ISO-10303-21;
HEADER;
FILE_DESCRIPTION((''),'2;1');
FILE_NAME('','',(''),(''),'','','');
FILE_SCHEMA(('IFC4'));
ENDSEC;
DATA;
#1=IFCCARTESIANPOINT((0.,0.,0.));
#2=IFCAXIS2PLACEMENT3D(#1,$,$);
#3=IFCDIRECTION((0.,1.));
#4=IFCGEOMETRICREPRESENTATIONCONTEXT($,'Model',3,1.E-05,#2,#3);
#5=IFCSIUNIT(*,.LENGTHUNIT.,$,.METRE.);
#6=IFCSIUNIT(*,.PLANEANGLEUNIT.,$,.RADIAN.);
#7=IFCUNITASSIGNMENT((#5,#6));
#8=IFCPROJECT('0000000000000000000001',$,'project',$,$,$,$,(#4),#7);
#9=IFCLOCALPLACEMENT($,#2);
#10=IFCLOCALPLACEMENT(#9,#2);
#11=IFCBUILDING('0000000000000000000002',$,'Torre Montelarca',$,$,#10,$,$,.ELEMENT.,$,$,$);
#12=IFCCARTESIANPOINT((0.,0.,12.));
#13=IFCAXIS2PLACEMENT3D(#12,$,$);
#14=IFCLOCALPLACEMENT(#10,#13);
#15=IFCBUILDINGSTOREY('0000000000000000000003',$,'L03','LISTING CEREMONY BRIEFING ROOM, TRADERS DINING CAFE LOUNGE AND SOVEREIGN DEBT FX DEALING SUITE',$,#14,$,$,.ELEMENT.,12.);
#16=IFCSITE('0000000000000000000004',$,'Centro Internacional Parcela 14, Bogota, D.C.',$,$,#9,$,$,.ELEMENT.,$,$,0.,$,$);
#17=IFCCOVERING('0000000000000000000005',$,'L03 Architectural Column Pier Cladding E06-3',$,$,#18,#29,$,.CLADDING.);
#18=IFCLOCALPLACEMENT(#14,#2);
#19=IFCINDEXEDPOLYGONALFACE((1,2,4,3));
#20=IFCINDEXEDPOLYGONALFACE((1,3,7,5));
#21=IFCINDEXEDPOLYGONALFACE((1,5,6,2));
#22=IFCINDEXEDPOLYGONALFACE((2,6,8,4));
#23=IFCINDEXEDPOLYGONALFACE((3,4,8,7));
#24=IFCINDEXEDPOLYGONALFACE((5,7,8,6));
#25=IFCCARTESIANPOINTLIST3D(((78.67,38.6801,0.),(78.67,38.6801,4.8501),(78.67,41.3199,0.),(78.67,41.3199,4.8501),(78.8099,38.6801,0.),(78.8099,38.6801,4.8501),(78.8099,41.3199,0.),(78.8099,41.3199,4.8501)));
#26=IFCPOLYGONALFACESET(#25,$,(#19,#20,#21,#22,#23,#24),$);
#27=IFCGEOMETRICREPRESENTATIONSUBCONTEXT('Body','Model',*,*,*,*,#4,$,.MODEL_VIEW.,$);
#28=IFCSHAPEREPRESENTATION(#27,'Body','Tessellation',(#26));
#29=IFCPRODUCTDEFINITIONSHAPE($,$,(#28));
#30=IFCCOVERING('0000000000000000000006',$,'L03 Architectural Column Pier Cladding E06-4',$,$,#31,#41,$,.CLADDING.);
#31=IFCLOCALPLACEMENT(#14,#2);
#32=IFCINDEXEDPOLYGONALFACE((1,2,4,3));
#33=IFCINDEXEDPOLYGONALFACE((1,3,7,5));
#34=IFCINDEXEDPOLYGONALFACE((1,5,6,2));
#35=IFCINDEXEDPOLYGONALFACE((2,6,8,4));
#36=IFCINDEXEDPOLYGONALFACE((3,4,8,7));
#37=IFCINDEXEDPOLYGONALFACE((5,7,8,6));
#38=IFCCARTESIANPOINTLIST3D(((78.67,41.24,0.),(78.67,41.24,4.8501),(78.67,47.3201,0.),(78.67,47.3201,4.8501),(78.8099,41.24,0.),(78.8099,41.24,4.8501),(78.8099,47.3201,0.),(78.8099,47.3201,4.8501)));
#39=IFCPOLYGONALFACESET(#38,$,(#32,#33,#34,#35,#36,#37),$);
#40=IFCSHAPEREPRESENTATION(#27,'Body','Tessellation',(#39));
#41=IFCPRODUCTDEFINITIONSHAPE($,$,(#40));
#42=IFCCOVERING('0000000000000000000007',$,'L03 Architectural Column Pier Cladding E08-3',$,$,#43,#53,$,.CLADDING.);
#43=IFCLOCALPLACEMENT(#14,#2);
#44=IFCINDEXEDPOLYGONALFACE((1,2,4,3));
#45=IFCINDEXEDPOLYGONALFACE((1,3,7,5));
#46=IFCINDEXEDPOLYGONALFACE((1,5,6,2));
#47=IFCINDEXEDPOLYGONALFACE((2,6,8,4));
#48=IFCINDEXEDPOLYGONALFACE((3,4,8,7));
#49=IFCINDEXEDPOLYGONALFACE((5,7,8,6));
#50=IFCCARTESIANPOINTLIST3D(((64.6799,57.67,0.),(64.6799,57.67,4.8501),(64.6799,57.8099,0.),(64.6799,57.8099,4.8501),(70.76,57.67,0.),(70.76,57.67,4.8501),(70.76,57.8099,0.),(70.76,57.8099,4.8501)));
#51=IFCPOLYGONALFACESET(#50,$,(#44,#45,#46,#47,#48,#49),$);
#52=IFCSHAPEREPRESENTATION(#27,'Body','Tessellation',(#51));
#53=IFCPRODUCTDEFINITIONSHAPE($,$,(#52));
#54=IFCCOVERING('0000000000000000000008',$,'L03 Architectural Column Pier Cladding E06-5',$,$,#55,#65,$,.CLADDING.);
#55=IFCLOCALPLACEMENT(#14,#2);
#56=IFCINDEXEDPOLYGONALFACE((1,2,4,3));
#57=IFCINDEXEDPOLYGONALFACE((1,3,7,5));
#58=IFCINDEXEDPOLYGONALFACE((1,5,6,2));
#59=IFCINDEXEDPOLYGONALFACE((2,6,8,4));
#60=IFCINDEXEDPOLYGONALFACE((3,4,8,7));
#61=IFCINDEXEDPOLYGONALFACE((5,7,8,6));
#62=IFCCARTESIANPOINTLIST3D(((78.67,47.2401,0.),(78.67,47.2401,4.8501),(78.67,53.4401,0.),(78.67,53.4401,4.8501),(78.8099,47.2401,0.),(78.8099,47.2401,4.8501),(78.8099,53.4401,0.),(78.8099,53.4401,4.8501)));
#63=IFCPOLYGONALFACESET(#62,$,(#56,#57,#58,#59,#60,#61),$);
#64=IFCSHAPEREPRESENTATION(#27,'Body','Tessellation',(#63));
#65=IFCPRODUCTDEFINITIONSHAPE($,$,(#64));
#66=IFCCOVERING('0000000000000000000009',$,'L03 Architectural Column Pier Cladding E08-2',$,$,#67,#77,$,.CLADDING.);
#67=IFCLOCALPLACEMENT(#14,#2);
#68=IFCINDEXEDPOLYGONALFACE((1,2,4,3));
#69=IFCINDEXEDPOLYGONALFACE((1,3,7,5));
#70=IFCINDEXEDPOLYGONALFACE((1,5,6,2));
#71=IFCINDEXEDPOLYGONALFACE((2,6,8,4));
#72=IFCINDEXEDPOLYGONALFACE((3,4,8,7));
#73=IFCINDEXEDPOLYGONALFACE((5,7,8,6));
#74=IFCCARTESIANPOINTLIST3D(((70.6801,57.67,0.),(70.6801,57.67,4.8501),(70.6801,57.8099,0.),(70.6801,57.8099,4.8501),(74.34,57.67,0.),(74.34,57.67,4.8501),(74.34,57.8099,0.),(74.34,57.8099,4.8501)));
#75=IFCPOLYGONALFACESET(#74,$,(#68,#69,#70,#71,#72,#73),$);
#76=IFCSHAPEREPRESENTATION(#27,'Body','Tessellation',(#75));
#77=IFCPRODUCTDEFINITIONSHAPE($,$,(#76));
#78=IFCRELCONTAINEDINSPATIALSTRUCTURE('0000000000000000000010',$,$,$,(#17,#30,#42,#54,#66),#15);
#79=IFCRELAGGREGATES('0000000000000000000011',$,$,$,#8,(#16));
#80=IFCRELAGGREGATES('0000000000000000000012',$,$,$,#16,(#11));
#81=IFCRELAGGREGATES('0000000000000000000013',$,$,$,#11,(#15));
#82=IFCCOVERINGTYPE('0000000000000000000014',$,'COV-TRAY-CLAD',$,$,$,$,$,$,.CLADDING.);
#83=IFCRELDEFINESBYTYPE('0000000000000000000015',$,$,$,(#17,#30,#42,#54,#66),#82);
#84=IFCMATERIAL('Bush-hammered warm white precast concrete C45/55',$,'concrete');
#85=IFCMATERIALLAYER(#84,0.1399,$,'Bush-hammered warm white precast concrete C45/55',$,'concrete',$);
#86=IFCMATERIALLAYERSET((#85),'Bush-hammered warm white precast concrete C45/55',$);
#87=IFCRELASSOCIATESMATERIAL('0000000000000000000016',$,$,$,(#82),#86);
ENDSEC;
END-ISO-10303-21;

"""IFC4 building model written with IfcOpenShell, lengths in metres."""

from ifc_helpers import new_model, si_unit, direction, frame, origin, origin_2d, place, context, subcontext, project, spatial, rectangle, extrude, source, transform, mapped, material, layer, layer_set, type_object, element, save


model = new_model("IFC4")

# Units and contexts
model_context = context("Model", 3, precision=1e-05, world=origin(), true_north=direction((0.0, 1.0)))
body_context = subcontext(model_context, "Body", "Model", "MODEL_VIEW")
ifc_project = project(units=[si_unit("LENGTHUNIT", "METRE"), si_unit("PLANEANGLEUNIT", "RADIAN")], contexts=[model_context])

# Site, building, storey
site_placement = place(None, origin())
site = spatial("IfcSite", under=ifc_project, at=site_placement, Name="Centro Internacional Parcela 14, Bogota, D.C.", CompositionType="ELEMENT", RefElevation=0.0)
building_placement = place(site_placement, origin())
building = spatial("IfcBuilding", under=site, at=building_placement, Name="Torre Montelarca", CompositionType="ELEMENT")
storey_placement = place(building_placement, frame((0.0, 0.0, 12.0)))
storey = spatial("IfcBuildingStorey", under=building, at=storey_placement, Name="L03", Description="LISTING CEREMONY BRIEFING ROOM, TRADERS DINING CAFE LOUNGE AND SOVEREIGN DEBT FX DEALING SUITE", CompositionType="ELEMENT", Elevation=12.0)

# Coverings
ifc_material_1 = material(Name="Bush-hammered warm white precast concrete C45/55", Category="concrete")
ifc_layer_1 = layer(ifc_material_1, 0.1399, Name="Bush-hammered warm white precast concrete C45/55", Category="concrete")
ifc_layer_set_1 = layer_set([ifc_layer_1], Name="Bush-hammered warm white precast concrete C45/55")
covering_type = type_object("IfcCoveringType", Name="COV-TRAY-CLAD", PredefinedType="CLADDING", material=ifc_layer_set_1)
shared_shape_1 = source(origin(), body_context, "Body", "SweptSolid", [
    extrude(rectangle(XDim=2.6399, YDim=0.1399, at=origin_2d()), origin(), (0.0, 0.0, 1.0), 4.8501),
])
covering_1_placement = place(storey_placement, frame((78.74, 40.0, 0.0), z_axis=(0.0, 0.0, 1.0), x_axis=(0.0, 1.0, 0.0)))
element("IfcCovering", 1, at=covering_1_placement, inside=storey, type_object=covering_type, Name="L03 Architectural Column Pier Cladding E06-3", PredefinedType="CLADDING", context=body_context, shape_type="MappedRepresentation", body=[
    mapped(shared_shape_1, transform((0.0, 0.0, 0.0), scale=1.0)),
])
shared_shape_2 = source(origin(), body_context, "Body", "SweptSolid", [
    extrude(rectangle(XDim=6.0801, YDim=0.1399, at=origin_2d()), origin(), (0.0, 0.0, 1.0), 4.8501),
])
for number, where, z_axis, x_axis, name in (
    (2, (78.74, 44.28, 0.0), (0.0, 0.0, 1.0), (0.0, 1.0, 0.0), "L03 Architectural Column Pier Cladding E06-4"),
    (3, (67.72, 57.74, 0.0), (0.0, 0.0, 1.0), (-1.0, 0.0, 0.0), "L03 Architectural Column Pier Cladding E08-3"),
):
    element("IfcCovering", number, at=place(storey_placement, frame(where, z_axis=z_axis, x_axis=x_axis)), inside=storey, type_object=covering_type, Name=name, PredefinedType="CLADDING", context=body_context, shape_type="MappedRepresentation", body=[
        mapped(shared_shape_2, transform((0.0, 0.0, 0.0), scale=1.0)),
    ])
shared_shape_3 = source(origin(), body_context, "Body", "SweptSolid", [
    extrude(rectangle(XDim=6.2, YDim=0.1399, at=origin_2d()), origin(), (0.0, 0.0, 1.0), 4.8501),
])
covering_2_placement = place(storey_placement, frame((78.74, 50.3401, 0.0), z_axis=(0.0, 0.0, 1.0), x_axis=(0.0, 1.0, 0.0)))
element("IfcCovering", 4, at=covering_2_placement, inside=storey, type_object=covering_type, Name="L03 Architectural Column Pier Cladding E06-5", PredefinedType="CLADDING", context=body_context, shape_type="MappedRepresentation", body=[
    mapped(shared_shape_3, transform((0.0, 0.0, 0.0), scale=1.0)),
])
shared_shape_4 = source(origin(), body_context, "Body", "SweptSolid", [
    extrude(rectangle(XDim=3.6599, YDim=0.1399, at=origin_2d()), origin(), (0.0, 0.0, 1.0), 4.8501),
])
covering_3_placement = place(storey_placement, frame((72.51, 57.74, 0.0), z_axis=(0.0, 0.0, 1.0), x_axis=(-1.0, 0.0, 0.0)))
element("IfcCovering", 5, at=covering_3_placement, inside=storey, type_object=covering_type, Name="L03 Architectural Column Pier Cladding E08-2", PredefinedType="CLADDING", context=body_context, shape_type="MappedRepresentation", body=[
    mapped(shared_shape_4, transform((0.0, 0.0, 0.0), scale=1.0)),
])

save(model, "model.ifc")
